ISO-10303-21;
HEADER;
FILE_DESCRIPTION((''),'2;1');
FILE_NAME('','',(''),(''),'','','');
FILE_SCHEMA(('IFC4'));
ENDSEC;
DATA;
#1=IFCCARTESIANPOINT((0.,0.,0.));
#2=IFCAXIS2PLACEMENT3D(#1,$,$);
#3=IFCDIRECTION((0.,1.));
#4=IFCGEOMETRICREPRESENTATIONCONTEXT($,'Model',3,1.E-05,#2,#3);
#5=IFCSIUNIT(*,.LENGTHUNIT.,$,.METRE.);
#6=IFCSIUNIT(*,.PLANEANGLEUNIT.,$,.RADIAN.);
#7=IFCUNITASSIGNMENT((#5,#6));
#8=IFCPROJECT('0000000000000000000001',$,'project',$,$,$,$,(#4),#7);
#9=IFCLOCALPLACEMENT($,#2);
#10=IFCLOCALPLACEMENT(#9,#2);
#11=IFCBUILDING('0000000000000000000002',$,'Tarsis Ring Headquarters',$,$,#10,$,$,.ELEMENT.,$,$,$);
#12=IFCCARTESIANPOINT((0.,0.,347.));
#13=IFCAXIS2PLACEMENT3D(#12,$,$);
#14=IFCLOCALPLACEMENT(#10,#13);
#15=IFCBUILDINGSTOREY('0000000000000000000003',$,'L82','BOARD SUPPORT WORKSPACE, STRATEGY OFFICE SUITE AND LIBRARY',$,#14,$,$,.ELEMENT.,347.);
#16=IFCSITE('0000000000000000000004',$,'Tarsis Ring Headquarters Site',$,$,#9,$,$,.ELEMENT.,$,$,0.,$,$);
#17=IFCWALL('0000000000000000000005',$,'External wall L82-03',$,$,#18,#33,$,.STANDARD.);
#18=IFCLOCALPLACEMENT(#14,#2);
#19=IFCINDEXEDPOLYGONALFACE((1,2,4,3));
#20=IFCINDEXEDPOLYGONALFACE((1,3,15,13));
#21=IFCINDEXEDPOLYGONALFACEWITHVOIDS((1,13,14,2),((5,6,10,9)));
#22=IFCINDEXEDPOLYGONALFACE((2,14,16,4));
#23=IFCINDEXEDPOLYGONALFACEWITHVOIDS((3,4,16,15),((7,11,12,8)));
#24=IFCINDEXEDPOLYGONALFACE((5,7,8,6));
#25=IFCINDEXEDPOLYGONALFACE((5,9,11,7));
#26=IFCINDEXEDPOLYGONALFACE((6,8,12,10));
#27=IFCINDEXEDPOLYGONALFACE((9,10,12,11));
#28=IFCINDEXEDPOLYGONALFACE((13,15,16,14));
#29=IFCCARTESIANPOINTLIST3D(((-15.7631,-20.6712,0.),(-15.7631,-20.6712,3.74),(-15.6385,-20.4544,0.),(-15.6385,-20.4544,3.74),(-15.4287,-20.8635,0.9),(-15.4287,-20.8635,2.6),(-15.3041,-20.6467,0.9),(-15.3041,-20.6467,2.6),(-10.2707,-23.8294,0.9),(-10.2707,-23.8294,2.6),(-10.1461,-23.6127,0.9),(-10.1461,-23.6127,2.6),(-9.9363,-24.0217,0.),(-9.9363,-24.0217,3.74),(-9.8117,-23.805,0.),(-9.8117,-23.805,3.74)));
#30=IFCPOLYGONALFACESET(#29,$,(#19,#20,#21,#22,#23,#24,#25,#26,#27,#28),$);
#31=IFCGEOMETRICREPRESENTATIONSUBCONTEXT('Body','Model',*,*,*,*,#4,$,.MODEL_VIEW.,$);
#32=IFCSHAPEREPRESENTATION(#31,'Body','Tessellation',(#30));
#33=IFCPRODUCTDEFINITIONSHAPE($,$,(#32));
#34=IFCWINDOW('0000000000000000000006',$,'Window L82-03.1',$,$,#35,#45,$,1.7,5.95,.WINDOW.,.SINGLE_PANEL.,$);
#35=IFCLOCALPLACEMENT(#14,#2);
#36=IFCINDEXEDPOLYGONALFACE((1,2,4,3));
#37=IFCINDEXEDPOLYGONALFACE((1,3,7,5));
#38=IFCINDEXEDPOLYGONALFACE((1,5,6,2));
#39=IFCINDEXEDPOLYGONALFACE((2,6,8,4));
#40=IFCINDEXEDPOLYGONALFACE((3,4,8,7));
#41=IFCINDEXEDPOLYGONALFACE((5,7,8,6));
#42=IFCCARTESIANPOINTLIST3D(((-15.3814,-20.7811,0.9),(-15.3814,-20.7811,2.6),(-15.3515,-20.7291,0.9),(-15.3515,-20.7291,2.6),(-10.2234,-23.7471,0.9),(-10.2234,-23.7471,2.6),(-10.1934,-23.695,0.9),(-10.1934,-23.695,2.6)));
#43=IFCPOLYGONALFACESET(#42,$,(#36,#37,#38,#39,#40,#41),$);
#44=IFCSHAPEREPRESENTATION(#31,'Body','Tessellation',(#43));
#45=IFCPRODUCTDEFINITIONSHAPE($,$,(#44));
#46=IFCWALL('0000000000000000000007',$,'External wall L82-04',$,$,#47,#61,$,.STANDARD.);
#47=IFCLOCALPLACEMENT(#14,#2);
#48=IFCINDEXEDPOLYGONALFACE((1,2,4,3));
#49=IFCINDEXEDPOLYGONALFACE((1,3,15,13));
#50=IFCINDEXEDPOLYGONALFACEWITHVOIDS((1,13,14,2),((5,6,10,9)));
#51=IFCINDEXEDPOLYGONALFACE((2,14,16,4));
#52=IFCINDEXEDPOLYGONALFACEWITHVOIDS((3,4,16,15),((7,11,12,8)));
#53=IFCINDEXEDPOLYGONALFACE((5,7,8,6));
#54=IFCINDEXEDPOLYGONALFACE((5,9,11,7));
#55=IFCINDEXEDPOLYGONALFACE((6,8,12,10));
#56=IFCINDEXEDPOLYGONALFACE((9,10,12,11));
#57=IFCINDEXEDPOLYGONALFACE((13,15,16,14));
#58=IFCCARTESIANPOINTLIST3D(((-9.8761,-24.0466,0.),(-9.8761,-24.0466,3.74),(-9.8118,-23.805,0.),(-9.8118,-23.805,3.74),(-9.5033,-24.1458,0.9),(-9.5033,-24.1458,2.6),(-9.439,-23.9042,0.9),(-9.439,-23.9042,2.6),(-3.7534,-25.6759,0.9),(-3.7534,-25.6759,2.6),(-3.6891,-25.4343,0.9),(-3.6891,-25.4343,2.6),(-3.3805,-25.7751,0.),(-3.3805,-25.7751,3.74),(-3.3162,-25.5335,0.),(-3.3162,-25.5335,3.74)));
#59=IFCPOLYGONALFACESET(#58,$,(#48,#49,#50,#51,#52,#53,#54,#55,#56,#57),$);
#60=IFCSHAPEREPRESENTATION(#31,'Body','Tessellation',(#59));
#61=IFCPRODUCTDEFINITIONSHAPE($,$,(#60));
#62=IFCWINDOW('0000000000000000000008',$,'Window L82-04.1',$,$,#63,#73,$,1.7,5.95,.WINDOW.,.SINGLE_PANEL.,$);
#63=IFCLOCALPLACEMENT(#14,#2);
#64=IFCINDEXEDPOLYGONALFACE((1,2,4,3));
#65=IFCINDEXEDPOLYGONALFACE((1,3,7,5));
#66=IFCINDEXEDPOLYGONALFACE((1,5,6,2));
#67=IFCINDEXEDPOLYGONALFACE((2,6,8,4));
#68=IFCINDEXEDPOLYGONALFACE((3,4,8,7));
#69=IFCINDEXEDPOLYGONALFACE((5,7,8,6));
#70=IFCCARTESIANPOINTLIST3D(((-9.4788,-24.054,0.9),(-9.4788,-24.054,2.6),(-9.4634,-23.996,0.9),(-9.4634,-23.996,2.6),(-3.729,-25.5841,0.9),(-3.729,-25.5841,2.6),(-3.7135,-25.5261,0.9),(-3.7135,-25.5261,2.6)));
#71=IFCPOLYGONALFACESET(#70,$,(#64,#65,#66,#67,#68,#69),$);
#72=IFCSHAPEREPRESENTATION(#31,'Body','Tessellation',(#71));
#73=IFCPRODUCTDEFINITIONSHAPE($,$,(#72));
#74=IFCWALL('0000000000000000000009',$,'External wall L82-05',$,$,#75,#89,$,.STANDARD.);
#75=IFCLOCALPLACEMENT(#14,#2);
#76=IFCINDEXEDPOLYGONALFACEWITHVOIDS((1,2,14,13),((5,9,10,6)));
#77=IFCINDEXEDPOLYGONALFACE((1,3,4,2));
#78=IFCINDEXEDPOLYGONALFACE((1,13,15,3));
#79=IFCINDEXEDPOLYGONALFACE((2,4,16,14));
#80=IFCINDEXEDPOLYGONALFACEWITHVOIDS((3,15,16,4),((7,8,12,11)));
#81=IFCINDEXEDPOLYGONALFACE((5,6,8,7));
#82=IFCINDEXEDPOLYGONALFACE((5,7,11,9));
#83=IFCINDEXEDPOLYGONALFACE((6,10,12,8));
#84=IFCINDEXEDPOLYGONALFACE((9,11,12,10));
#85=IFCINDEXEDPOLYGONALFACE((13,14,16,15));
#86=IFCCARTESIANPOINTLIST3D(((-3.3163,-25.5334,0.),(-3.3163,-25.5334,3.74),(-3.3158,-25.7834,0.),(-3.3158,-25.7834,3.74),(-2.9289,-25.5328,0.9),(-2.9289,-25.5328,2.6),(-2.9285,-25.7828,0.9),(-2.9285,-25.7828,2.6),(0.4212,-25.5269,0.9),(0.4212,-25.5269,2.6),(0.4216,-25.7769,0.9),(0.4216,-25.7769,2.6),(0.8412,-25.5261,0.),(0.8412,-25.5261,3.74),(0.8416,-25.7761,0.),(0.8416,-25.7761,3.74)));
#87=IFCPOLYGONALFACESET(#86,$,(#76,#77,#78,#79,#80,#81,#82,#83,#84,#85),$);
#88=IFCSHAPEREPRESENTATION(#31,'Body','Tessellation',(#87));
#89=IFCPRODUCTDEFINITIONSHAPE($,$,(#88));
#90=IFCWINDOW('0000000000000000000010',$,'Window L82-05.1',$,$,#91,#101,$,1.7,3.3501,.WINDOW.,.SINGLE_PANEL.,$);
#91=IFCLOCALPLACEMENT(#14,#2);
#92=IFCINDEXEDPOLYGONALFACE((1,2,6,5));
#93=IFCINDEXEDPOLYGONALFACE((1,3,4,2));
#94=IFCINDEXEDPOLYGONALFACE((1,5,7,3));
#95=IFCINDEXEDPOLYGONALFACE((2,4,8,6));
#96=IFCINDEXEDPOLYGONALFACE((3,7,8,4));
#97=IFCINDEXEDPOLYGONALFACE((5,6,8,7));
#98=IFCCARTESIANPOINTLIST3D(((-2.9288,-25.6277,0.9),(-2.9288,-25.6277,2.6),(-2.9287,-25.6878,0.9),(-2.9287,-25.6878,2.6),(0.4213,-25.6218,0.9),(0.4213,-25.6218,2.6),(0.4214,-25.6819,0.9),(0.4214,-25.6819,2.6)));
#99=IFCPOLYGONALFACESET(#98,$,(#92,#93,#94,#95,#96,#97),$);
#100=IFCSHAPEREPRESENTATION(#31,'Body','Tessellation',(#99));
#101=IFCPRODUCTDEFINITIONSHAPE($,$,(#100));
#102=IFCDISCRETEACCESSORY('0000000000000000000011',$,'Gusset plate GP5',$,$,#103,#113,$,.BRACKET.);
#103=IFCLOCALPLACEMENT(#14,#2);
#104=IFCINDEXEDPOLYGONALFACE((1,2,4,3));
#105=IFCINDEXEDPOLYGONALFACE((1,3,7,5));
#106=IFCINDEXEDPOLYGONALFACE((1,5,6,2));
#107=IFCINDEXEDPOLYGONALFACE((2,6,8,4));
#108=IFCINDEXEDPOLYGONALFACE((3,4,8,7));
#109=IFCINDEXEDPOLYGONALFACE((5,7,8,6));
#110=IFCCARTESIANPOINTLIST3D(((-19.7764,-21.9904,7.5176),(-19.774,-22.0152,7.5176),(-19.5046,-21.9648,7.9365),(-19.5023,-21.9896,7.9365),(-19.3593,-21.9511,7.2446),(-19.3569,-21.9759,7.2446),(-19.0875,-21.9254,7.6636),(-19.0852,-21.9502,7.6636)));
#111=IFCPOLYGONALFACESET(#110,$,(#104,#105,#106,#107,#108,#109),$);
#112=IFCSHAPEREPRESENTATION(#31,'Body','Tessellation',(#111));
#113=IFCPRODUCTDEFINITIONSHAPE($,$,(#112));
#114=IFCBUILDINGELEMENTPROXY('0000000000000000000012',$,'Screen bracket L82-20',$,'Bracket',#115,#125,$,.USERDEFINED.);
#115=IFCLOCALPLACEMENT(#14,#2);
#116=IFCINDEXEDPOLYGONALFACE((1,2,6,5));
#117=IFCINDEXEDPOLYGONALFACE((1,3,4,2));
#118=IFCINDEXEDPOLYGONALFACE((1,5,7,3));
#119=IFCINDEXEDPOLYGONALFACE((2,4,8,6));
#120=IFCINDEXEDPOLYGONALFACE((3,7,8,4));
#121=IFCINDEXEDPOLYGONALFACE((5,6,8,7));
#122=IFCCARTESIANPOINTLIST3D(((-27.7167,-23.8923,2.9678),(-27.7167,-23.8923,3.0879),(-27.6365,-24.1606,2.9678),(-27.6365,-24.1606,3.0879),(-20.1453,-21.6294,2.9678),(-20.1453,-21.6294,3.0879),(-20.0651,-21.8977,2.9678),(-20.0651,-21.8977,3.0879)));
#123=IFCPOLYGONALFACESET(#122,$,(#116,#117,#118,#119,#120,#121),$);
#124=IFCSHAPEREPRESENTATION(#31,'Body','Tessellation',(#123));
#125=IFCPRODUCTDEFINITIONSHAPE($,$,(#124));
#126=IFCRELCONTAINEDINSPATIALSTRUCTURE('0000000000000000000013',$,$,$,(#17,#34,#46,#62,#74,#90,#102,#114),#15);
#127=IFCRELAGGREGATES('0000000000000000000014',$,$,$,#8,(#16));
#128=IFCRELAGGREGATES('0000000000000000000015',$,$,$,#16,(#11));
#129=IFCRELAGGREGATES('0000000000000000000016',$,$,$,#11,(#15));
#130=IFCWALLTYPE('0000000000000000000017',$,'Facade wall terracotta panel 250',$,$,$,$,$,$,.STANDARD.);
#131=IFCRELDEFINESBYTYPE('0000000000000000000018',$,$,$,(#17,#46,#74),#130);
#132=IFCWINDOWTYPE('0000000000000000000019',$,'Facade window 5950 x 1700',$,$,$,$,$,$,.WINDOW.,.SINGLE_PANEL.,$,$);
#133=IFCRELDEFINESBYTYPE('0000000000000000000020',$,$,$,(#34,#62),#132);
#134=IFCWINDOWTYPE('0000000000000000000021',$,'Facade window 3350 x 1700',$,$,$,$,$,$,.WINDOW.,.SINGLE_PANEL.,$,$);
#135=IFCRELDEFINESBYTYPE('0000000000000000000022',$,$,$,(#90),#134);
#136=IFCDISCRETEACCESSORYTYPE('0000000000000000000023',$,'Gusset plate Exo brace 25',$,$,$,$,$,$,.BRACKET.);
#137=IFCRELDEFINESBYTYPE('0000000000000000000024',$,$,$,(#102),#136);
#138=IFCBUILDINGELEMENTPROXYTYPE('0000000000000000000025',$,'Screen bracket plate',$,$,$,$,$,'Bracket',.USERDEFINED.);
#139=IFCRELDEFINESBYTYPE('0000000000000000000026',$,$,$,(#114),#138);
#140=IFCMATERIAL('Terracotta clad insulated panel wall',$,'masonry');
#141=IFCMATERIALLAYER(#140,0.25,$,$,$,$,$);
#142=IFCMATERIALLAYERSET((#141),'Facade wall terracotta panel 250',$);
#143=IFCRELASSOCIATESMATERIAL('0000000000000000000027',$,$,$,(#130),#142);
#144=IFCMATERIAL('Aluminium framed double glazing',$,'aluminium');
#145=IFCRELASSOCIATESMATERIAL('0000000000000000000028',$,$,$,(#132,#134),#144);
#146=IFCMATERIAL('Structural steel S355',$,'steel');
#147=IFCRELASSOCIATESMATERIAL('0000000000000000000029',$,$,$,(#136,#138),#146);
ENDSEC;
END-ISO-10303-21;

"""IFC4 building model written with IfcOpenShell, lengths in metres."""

from ifc_helpers import new_model, si_unit, direction, frame, frame_2d, origin, origin_2d, place, context, subcontext, project, spatial, rectangle, extrude, material, layer, layer_set, material_profile, profile_set, type_object, element, fill, save


model = new_model("IFC4")

# Units and contexts
model_context = context("Model", 3, precision=1e-05, world=origin(), true_north=direction((0.0, 1.0)))
body_context = subcontext(model_context, "Body", "Model", "MODEL_VIEW")
ifc_project = project(units=[si_unit("LENGTHUNIT", "METRE"), si_unit("PLANEANGLEUNIT", "RADIAN")], contexts=[model_context])

# Site, building, storey
site_placement = place(None, origin())
site = spatial("IfcSite", under=ifc_project, at=site_placement, Name="Tarsis Ring Headquarters Site", CompositionType="ELEMENT", RefElevation=0.0)
building_placement = place(site_placement, origin())
building = spatial("IfcBuilding", under=site, at=building_placement, Name="Tarsis Ring Headquarters", CompositionType="ELEMENT")
storey_placement = place(building_placement, frame((0.0, 0.0, 347.0)))
storey = spatial("IfcBuildingStorey", under=building, at=storey_placement, Name="L82", Description="BOARD SUPPORT WORKSPACE, STRATEGY OFFICE SUITE AND LIBRARY", CompositionType="ELEMENT", Elevation=347.0)

# Shared definitions
ifc_material_1 = material(Name="Structural steel S355", Category="steel")

# Walls, openings, windows
ifc_material_2 = material(Name="Terracotta clad insulated panel wall", Category="masonry")
ifc_layer_1 = layer(ifc_material_2, 0.25)
ifc_layer_set_1 = layer_set([ifc_layer_1], Name="Facade wall terracotta panel 250")
wall_type_1 = type_object("IfcWallType", Name="Facade wall terracotta panel 250", PredefinedType="STANDARD", material=ifc_layer_set_1)
wall_1_placement = place(storey_placement, frame((-15.7009, -20.5627, 0.0), z_axis=(0.0, 0.0, 1.0), x_axis=(0.866899, -0.498484, 0.0)))
wall_1 = element("IfcWall", 1, at=wall_1_placement, inside=storey, type_object=wall_type_1, Name="External wall L82-03", PredefinedType="STANDARD", context=body_context, shape_type="SweptSolid", body=[
    extrude(rectangle(XDim=6.7214, YDim=0.25, at=frame_2d((3.3608, 0.0))), origin(), (0.0, 0.0, 1.0), 3.74),
])
opening_1_placement = place(wall_1_placement, frame((0.3857, 0.0, 0.8999)))
opening_1 = element("IfcOpeningElement", 2, at=opening_1_placement, cuts=wall_1, PredefinedType="OPENING", context=body_context, shape_type="SweptSolid", body=[
    extrude(rectangle(XDim=5.95, YDim=1.7, at=frame_2d((2.9751, 0.8501))), frame((0.0, 0.135, 0.0), z_axis=(0.0, -1.0, 0.0), x_axis=(1.0, 0.0, 0.0)), (0.0, 0.0, 1.0), 0.27),
])
ifc_material_3 = material(Name="Aluminium framed double glazing", Category="aluminium")
window_type_1 = type_object("IfcWindowType", Name="Facade window 5950 x 1700", PartitioningType="SINGLE_PANEL", PredefinedType="WINDOW", material=ifc_material_3)
window_1_placement = place(opening_1_placement, origin())
window_1 = element("IfcWindow", 3, at=window_1_placement, inside=storey, type_object=window_type_1, Name="Window L82-03.1", OverallHeight=1.7, OverallWidth=5.95, PartitioningType="SINGLE_PANEL", PredefinedType="WINDOW", context=body_context, shape_type="SweptSolid", body=[
    extrude(rectangle(XDim=5.95, YDim=1.7, at=frame_2d((2.9751, 0.8501))), frame((0.0, 0.03, 0.0), z_axis=(0.0, -1.0, 0.0), x_axis=(1.0, 0.0, 0.0)), (0.0, 0.0, 1.0), 0.0601),
])
fill(opening_1, window_1)
wall_2_placement = place(storey_placement, frame((-9.844, -23.9258, 0.0), z_axis=(0.0, 0.0, 1.0), x_axis=(0.96637, -0.257156, 0.0)))
wall_2 = element("IfcWall", 4, at=wall_2_placement, inside=storey, type_object=wall_type_1, Name="External wall L82-04", PredefinedType="STANDARD", context=body_context, shape_type="SweptSolid", body=[
    extrude(rectangle(XDim=6.7217, YDim=0.25, at=frame_2d((3.3608, 0.0))), origin(), (0.0, 0.0, 1.0), 3.74),
])
opening_2_placement = place(wall_2_placement, frame((0.3857, 0.0, 0.8999)))
opening_2 = element("IfcOpeningElement", 5, at=opening_2_placement, cuts=wall_2, PredefinedType="OPENING", context=body_context, shape_type="SweptSolid", body=[
    extrude(rectangle(XDim=5.95, YDim=1.7, at=frame_2d((2.9751, 0.8501))), frame((0.0, 0.135, 0.0), z_axis=(0.0, -1.0, 0.0), x_axis=(1.0, 0.0, 0.0)), (0.0, 0.0, 1.0), 0.27),
])
window_2_placement = place(opening_2_placement, origin())
window_2 = element("IfcWindow", 6, at=window_2_placement, inside=storey, type_object=window_type_1, Name="Window L82-04.1", OverallHeight=1.7, OverallWidth=5.95, PartitioningType="SINGLE_PANEL", PredefinedType="WINDOW", context=body_context, shape_type="SweptSolid", body=[
    extrude(rectangle(XDim=5.95, YDim=1.7, at=frame_2d((2.9751, 0.8501))), frame((0.0, 0.03, 0.0), z_axis=(0.0, -1.0, 0.0), x_axis=(1.0, 0.0, 0.0)), (0.0, 0.0, 1.0), 0.0601),
])
fill(opening_2, window_2)
wall_3_placement = place(storey_placement, frame((-3.3159, -25.6584, 0.0), z_axis=(0.0, 0.0, 1.0), x_axis=(0.999998, 0.001762, 0.0)))
wall_3 = element("IfcWall", 7, at=wall_3_placement, inside=storey, type_object=wall_type_1, Name="External wall L82-05", PredefinedType="STANDARD", context=body_context, shape_type="SweptSolid", body=[
    extrude(rectangle(XDim=4.1575, YDim=0.25, at=frame_2d((2.0786, 0.0))), origin(), (0.0, 0.0, 1.0), 3.74),
])
opening_3_placement = place(wall_3_placement, frame((0.3872, 0.0, 0.8999)))
opening_3 = element("IfcOpeningElement", 8, at=opening_3_placement, cuts=wall_3, PredefinedType="OPENING", context=body_context, shape_type="SweptSolid", body=[
    extrude(rectangle(XDim=3.3501, YDim=1.7, at=frame_2d((1.675, 0.8501))), frame((0.0, 0.135, 0.0), z_axis=(0.0, -1.0, 0.0), x_axis=(1.0, 0.0, 0.0)), (0.0, 0.0, 1.0), 0.27),
])
window_type_2 = type_object("IfcWindowType", Name="Facade window 3350 x 1700", PartitioningType="SINGLE_PANEL", PredefinedType="WINDOW", material=ifc_material_3)
window_3_placement = place(opening_3_placement, origin())
window_3 = element("IfcWindow", 9, at=window_3_placement, inside=storey, type_object=window_type_2, Name="Window L82-05.1", OverallHeight=1.7, OverallWidth=3.3501, PartitioningType="SINGLE_PANEL", PredefinedType="WINDOW", context=body_context, shape_type="SweptSolid", body=[
    extrude(rectangle(XDim=3.3501, YDim=1.7, at=frame_2d((1.675, 0.8501))), frame((0.0, 0.03, 0.0), z_axis=(0.0, -1.0, 0.0), x_axis=(1.0, 0.0, 0.0)), (0.0, 0.0, 1.0), 0.0601),
])
fill(opening_3, window_3)

# Discrete accessory
ifc_material_profile_1 = material_profile(ifc_material_1, rectangle(XDim=0.0249, YDim=0.5, at=origin_2d()), Name="PL 25x500")
ifc_profile_set_1 = profile_set([ifc_material_profile_1], Name="Structural steel S355")
discrete_accessory_type = type_object("IfcDiscreteAccessoryType", Name="Gusset plate Exo brace 25", PredefinedType="BRACKET", material=ifc_profile_set_1)
discrete_accessory_placement = place(storey_placement, frame((-19.2949, -21.9575, 7.8), z_axis=(-0.543448, -0.051269, -0.837876), x_axis=(0.093923, -0.99558, 0.0)))
element("IfcDiscreteAccessory", 10, at=discrete_accessory_placement, inside=storey, type_object=discrete_accessory_type, Name="Gusset plate GP5", PredefinedType="BRACKET", context=body_context, shape_type="SweptSolid", body=[
    extrude(rectangle(XDim=0.0249, YDim=0.5, at=origin_2d()), origin(), (0.0, 0.0, 1.0), 0.5),
])

# Building element proxy
building_element_proxy_type = type_object("IfcBuildingElementProxyType", Name="Screen bracket plate", ElementType="Bracket", PredefinedType="USERDEFINED", material=ifc_material_1)
proxy_placement = place(storey_placement, frame((-23.8909, -22.895, 2.9678), z_axis=(0.0, 0.0, 1.0), x_axis=(0.958123, 0.286357, 0.0)))
element("IfcBuildingElementProxy", 11, at=proxy_placement, inside=storey, type_object=building_element_proxy_type, Name="Screen bracket L82-20", ObjectType="Bracket", PredefinedType="USERDEFINED", context=body_context, shape_type="SweptSolid", body=[
    extrude(rectangle(XDim=7.9023, YDim=0.28, at=origin_2d()), origin(), (0.0, 0.0, 1.0), 0.1201),
])

save(model, "model.ifc")
